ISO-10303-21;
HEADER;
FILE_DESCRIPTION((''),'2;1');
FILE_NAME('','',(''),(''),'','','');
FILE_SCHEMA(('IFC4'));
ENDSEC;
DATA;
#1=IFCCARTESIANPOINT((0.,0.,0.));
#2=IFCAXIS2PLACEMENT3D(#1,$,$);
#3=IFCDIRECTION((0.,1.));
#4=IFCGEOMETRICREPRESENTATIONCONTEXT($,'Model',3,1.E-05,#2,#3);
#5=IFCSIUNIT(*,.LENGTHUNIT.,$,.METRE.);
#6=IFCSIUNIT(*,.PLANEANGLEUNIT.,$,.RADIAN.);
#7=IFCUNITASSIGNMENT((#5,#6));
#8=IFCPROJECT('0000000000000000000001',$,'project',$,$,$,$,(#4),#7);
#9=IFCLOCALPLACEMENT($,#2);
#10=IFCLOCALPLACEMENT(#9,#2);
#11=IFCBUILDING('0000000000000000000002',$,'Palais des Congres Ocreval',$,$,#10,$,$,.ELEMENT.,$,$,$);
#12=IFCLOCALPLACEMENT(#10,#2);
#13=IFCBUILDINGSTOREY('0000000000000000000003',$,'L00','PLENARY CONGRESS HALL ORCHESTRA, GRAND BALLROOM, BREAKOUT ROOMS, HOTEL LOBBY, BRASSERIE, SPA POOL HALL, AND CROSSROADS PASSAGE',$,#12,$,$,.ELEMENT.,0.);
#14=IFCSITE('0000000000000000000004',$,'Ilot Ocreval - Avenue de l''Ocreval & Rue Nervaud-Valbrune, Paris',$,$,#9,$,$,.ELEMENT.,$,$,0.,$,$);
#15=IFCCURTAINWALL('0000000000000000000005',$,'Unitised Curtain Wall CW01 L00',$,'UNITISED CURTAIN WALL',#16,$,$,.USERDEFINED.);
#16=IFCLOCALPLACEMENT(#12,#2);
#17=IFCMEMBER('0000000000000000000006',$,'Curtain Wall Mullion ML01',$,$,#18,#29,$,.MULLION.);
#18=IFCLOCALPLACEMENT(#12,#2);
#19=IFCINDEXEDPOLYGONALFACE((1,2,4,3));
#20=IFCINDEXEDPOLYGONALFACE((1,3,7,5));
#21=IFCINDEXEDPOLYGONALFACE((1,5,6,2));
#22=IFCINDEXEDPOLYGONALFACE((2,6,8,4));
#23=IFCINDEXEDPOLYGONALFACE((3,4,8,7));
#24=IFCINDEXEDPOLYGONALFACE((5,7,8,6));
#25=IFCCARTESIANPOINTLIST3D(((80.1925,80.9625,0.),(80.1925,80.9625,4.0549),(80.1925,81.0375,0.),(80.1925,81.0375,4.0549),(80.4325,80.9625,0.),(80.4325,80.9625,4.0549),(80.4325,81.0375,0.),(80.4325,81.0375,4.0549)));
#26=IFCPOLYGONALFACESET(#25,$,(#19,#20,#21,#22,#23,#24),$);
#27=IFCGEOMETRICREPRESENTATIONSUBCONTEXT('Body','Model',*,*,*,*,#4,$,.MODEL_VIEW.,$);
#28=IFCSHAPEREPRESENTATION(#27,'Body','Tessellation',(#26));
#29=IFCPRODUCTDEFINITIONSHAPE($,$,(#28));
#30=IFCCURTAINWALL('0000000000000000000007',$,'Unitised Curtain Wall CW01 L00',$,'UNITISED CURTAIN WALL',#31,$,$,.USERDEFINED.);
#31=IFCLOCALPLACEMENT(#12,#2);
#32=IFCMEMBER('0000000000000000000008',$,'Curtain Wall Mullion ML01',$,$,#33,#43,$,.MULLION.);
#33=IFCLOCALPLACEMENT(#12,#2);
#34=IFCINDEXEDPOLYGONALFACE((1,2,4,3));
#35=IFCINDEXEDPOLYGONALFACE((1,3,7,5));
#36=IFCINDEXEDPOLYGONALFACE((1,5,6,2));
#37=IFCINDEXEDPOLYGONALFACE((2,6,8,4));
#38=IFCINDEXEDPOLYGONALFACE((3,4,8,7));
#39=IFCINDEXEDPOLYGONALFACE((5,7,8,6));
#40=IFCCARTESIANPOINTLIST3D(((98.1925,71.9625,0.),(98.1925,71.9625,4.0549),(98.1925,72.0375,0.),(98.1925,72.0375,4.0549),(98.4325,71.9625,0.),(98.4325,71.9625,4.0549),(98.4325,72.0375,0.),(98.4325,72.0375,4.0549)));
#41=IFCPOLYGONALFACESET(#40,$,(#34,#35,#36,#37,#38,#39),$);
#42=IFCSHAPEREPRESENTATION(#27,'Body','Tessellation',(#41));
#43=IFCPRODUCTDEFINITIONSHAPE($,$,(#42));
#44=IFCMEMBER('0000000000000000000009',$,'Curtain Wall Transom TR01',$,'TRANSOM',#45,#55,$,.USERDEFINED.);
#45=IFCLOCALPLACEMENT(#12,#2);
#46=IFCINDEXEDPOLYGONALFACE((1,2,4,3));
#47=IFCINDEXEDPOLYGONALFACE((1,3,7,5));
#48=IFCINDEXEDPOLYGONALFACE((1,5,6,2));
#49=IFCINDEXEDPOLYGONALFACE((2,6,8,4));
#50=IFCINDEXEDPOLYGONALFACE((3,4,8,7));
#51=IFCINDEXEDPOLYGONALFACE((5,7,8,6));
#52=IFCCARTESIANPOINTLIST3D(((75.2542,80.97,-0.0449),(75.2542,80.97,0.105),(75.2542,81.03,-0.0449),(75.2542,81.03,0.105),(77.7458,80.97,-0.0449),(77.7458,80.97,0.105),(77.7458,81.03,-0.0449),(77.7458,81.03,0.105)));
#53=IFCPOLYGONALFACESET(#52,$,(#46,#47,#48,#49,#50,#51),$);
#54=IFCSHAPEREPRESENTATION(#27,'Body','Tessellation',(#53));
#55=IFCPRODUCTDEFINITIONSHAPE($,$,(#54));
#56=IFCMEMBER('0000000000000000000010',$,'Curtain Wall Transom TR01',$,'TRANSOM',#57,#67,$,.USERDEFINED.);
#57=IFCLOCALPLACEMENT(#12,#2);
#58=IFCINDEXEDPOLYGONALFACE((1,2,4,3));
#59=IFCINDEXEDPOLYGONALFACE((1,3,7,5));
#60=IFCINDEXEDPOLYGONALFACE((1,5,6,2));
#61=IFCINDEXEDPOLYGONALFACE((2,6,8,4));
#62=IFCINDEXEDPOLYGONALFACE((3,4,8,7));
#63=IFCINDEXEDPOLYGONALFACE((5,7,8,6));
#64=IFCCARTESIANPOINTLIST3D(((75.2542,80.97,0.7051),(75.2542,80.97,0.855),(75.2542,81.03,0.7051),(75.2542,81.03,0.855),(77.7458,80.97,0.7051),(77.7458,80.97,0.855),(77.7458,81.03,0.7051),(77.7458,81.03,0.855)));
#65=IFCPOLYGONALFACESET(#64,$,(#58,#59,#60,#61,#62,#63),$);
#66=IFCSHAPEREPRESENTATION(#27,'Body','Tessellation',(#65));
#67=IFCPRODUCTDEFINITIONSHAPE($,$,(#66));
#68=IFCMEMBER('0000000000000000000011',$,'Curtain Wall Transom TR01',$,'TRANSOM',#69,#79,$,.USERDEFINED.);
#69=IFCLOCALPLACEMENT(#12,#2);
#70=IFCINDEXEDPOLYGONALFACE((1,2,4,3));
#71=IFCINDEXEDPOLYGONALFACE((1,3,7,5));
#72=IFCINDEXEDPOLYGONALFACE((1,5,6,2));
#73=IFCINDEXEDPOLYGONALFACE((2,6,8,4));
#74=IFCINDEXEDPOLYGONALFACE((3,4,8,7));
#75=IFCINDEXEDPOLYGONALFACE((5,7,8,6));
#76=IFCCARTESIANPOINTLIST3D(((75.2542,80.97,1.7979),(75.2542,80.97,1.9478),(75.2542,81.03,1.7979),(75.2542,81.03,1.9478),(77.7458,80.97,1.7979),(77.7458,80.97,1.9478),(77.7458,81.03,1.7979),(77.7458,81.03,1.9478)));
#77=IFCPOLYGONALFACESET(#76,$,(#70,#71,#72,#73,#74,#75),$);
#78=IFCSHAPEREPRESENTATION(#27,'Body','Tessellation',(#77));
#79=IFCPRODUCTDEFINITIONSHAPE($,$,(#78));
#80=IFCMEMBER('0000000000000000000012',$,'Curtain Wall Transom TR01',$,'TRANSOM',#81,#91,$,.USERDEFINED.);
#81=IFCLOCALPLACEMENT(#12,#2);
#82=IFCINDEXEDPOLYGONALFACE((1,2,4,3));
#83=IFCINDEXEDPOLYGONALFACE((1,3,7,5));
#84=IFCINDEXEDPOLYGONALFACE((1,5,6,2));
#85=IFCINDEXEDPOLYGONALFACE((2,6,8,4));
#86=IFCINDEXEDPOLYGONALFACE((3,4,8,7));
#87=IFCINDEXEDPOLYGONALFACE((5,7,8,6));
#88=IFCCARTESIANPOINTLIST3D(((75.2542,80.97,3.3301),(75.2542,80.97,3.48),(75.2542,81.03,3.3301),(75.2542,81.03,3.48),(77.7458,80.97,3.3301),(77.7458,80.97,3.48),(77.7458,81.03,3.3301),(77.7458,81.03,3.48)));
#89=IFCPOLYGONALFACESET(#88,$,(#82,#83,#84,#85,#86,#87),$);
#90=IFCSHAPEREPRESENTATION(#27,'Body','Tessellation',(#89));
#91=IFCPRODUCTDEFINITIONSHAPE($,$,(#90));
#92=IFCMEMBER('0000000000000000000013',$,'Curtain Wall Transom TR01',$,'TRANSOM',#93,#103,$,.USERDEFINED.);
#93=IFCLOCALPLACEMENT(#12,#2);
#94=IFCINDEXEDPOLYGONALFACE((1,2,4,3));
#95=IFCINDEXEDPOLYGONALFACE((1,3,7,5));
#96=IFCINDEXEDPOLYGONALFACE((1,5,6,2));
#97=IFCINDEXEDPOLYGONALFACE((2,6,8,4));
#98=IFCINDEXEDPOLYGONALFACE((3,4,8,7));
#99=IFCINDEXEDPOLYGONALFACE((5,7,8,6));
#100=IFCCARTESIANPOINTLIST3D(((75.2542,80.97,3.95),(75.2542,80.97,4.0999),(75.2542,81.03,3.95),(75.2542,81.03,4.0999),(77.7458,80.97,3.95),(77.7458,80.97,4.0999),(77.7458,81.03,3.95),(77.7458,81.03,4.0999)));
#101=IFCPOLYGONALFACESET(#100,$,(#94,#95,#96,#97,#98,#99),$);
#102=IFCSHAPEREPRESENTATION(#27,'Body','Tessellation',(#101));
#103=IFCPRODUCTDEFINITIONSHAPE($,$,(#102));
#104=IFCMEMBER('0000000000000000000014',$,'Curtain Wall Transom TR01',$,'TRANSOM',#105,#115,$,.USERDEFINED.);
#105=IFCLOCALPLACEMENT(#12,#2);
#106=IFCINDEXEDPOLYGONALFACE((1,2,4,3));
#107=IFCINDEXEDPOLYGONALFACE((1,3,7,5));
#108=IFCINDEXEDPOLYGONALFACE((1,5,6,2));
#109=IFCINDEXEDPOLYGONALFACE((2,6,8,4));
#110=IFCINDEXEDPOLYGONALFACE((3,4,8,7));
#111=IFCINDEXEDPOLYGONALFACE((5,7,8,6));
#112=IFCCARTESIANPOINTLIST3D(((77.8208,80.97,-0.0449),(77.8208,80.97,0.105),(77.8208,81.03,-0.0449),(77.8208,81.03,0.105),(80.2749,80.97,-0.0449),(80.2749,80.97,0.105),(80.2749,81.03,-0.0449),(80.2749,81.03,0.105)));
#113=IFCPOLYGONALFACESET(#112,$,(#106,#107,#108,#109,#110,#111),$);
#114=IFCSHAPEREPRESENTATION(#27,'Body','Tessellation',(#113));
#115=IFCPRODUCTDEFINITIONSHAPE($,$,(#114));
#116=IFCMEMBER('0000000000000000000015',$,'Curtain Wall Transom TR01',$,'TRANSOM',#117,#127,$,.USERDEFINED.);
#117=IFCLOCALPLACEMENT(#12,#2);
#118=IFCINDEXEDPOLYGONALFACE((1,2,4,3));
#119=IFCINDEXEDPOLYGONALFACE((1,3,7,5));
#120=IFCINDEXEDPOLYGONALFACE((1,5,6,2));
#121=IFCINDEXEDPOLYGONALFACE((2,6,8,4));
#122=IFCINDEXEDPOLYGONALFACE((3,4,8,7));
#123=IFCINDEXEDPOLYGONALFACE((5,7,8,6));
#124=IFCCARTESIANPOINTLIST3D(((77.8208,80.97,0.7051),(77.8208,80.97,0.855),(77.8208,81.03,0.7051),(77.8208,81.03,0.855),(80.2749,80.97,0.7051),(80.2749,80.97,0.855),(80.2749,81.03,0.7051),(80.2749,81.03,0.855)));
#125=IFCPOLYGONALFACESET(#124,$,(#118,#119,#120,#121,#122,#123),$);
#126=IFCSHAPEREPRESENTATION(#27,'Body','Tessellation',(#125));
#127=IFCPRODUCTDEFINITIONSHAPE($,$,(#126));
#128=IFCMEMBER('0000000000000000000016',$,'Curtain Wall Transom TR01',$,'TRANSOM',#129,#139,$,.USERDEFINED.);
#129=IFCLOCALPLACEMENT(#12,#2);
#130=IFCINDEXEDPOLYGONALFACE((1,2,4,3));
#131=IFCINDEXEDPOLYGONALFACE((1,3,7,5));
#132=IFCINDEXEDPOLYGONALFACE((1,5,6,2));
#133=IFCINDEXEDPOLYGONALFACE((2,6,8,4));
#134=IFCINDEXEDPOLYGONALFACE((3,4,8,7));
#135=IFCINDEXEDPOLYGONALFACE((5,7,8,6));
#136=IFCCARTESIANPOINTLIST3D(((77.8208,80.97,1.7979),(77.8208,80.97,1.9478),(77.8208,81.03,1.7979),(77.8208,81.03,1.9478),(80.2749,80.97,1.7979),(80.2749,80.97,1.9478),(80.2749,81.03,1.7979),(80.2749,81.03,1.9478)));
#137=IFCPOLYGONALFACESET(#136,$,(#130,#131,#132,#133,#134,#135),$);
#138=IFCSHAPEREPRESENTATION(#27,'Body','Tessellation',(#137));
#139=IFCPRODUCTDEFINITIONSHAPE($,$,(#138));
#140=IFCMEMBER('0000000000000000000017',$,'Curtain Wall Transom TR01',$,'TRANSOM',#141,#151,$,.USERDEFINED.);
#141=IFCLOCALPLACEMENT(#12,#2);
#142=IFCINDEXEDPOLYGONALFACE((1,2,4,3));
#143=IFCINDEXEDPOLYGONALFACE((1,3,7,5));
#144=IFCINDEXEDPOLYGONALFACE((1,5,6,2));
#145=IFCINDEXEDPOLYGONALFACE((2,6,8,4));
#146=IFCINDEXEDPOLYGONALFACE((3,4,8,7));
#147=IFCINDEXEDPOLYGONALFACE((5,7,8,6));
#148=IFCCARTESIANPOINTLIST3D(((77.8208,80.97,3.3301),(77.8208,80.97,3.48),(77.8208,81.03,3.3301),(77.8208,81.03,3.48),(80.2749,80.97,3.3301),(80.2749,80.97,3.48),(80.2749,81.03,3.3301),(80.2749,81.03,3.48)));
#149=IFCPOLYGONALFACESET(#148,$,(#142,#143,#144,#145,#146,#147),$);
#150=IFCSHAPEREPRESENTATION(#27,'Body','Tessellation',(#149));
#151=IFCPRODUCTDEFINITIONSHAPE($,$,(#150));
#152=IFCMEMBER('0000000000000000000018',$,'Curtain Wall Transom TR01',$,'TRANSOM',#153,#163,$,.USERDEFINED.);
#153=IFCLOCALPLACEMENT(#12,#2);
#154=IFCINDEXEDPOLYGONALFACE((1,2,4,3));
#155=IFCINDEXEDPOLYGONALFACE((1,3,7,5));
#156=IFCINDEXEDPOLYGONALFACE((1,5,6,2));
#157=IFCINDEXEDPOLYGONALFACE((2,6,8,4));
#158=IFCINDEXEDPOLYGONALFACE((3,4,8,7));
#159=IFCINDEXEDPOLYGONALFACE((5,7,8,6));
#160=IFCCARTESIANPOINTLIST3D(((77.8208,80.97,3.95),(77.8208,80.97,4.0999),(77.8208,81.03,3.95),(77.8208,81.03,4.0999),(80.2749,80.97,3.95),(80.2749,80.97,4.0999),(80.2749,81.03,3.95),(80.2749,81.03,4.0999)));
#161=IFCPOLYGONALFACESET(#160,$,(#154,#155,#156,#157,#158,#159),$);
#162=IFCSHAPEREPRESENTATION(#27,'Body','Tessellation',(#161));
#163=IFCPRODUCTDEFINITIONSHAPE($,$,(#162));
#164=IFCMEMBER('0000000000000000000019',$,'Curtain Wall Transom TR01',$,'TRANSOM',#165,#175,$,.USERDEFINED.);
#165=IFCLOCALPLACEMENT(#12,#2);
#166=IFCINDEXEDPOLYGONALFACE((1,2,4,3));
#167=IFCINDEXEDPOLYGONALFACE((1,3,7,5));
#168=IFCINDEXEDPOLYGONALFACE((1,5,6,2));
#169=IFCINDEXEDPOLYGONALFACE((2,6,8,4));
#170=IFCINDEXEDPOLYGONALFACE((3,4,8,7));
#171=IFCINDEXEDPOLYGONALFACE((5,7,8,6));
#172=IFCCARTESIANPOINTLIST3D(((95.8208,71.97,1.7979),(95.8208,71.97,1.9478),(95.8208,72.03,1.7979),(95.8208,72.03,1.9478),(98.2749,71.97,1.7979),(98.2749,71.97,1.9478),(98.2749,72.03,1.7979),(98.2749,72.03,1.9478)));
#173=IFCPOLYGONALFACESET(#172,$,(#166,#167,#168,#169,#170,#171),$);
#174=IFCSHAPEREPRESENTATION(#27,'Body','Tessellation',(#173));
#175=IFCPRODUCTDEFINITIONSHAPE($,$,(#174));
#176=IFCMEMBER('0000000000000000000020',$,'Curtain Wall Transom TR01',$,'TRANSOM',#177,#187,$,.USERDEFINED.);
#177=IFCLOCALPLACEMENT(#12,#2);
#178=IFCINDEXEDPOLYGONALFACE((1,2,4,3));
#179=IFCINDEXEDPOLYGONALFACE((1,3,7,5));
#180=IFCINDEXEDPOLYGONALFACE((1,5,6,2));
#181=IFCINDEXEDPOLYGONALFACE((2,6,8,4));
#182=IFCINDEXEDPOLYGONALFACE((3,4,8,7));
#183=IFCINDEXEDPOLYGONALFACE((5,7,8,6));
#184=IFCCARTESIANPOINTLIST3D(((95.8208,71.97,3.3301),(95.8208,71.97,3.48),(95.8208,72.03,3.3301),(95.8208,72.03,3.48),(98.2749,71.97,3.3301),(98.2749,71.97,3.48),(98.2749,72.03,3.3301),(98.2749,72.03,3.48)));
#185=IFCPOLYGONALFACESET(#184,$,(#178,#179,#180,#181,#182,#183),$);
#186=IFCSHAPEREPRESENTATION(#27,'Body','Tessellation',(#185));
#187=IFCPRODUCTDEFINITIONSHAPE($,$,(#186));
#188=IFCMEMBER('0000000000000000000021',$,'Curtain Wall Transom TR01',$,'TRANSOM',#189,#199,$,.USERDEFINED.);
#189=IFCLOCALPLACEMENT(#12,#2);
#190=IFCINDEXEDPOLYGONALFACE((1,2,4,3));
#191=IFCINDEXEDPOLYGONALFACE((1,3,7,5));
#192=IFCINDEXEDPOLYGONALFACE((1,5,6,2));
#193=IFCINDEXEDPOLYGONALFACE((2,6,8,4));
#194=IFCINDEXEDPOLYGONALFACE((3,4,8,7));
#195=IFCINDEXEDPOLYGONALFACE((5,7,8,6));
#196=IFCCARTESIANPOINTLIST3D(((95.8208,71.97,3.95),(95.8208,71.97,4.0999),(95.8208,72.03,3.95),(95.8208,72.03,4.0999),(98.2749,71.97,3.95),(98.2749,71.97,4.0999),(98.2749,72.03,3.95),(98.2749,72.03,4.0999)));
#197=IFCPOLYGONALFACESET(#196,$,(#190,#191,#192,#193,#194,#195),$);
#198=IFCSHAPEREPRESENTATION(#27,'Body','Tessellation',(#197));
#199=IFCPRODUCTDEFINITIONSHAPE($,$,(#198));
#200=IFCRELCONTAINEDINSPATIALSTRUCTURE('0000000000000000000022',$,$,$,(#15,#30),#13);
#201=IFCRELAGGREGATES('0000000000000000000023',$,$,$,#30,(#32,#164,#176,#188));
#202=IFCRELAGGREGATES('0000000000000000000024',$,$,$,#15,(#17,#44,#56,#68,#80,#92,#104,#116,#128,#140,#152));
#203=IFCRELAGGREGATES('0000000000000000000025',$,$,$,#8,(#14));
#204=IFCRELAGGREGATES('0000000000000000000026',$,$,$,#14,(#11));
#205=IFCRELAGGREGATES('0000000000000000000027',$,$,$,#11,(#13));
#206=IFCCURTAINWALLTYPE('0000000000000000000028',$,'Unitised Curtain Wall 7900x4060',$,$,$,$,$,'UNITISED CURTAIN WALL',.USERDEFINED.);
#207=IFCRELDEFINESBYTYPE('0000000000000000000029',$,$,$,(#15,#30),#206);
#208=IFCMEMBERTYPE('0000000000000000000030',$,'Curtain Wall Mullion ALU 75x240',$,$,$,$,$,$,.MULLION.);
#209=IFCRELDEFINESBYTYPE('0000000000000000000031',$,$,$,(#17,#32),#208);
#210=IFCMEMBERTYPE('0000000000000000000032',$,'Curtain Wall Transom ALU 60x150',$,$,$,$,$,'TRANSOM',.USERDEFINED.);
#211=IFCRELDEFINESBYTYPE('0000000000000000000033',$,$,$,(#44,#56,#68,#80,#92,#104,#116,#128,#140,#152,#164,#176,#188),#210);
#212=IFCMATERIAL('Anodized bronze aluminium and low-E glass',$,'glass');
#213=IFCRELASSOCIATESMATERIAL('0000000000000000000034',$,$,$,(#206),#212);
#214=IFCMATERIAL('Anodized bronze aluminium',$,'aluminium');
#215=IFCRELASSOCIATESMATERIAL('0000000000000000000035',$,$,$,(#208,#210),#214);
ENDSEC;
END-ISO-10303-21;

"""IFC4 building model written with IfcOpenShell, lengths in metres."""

from ifc_helpers import new_model, si_unit, direction, frame, origin, origin_2d, place, context, subcontext, project, spatial, rectangle, extrude, material, material_profile, profile_set, type_object, element, aggregate, save


model = new_model("IFC4")

# Units and contexts
model_context = context("Model", 3, precision=1e-05, world=origin(), true_north=direction((0.0, 1.0)))
body_context = subcontext(model_context, "Body", "Model", "MODEL_VIEW")
ifc_project = project(units=[si_unit("LENGTHUNIT", "METRE"), si_unit("PLANEANGLEUNIT", "RADIAN")], contexts=[model_context])

# Site, building, storey
site_placement = place(None, origin())
site = spatial("IfcSite", under=ifc_project, at=site_placement, Name="Ilot Ocreval - Avenue de l'Ocreval & Rue Nervaud-Valbrune, Paris", CompositionType="ELEMENT", RefElevation=0.0)
building_placement = place(site_placement, origin())
building = spatial("IfcBuilding", under=site, at=building_placement, Name="Palais des Congres Ocreval", CompositionType="ELEMENT")
storey_placement = place(building_placement, origin())
storey = spatial("IfcBuildingStorey", under=building, at=storey_placement, Name="L00", Description="PLENARY CONGRESS HALL ORCHESTRA, GRAND BALLROOM, BREAKOUT ROOMS, HOTEL LOBBY, BRASSERIE, SPA POOL HALL, AND CROSSROADS PASSAGE", CompositionType="ELEMENT", Elevation=0.0)

# Curtain wall, member
ifc_material_1 = material(Name="Anodized bronze aluminium and low-E glass", Category="glass")
curtain_wall_type = type_object("IfcCurtainWallType", Name="Unitised Curtain Wall 7900x4060", ElementType="UNITISED CURTAIN WALL", PredefinedType="USERDEFINED", material=ifc_material_1)
curtain_wall_1_placement = place(storey_placement, origin())
curtain_wall_1 = element("IfcCurtainWall", 1, at=curtain_wall_1_placement, inside=storey, type_object=curtain_wall_type, Name="Unitised Curtain Wall CW01 L00", ObjectType="UNITISED CURTAIN WALL", PredefinedType="USERDEFINED")
ifc_material_2 = material(Name="Anodized bronze aluminium", Category="aluminium")
ifc_material_profile_1 = material_profile(ifc_material_2, rectangle(XDim=0.075, YDim=0.24, at=origin_2d()), Name="ALU 75x240")
ifc_profile_set_1 = profile_set([ifc_material_profile_1], Name="Anodized bronze aluminium")
member_type_1 = type_object("IfcMemberType", Name="Curtain Wall Mullion ALU 75x240", PredefinedType="MULLION", material=ifc_profile_set_1)
member_1_placement = place(storey_placement, frame((80.3125, 81.0, 0.0), z_axis=(0.0, 0.0, 1.0), x_axis=(0.0, 1.0, 0.0)))
member_1 = element("IfcMember", 2, at=member_1_placement, type_object=member_type_1, Name="Curtain Wall Mullion ML01", PredefinedType="MULLION", context=body_context, shape_type="SweptSolid", body=[
    extrude(rectangle(XDim=0.075, YDim=0.24, at=origin_2d()), origin(), (0.0, 0.0, 1.0), 4.0549),
])

# Curtain wall, member
curtain_wall_2_placement = place(storey_placement, origin())
curtain_wall_2 = element("IfcCurtainWall", 3, at=curtain_wall_2_placement, inside=storey, type_object=curtain_wall_type, Name="Unitised Curtain Wall CW01 L00", ObjectType="UNITISED CURTAIN WALL", PredefinedType="USERDEFINED")
member_2_placement = place(storey_placement, frame((98.3125, 72.0, 0.0), z_axis=(0.0, 0.0, 1.0), x_axis=(0.0, -1.0, 0.0)))
member_2 = element("IfcMember", 4, at=member_2_placement, type_object=member_type_1, Name="Curtain Wall Mullion ML01", PredefinedType="MULLION", context=body_context, shape_type="SweptSolid", body=[
    extrude(rectangle(XDim=0.075, YDim=0.24, at=origin_2d()), origin(), (0.0, 0.0, 1.0), 4.0549),
])

# Members
ifc_material_profile_2 = material_profile(ifc_material_2, rectangle(XDim=0.0601, YDim=0.1499, at=origin_2d()), Name="ALU 60x150")
ifc_profile_set_2 = profile_set([ifc_material_profile_2], Name="Anodized bronze aluminium")
member_type_2 = type_object("IfcMemberType", Name="Curtain Wall Transom ALU 60x150", ElementType="TRANSOM", PredefinedType="USERDEFINED", material=ifc_profile_set_2)
member_3_placement = place(storey_placement, frame((75.2542, 81.0, 0.03), z_axis=(1.0, 0.0, 0.0), x_axis=(0.0, 1.0, 0.0)))
member_3 = element("IfcMember", 5, at=member_3_placement, type_object=member_type_2, Name="Curtain Wall Transom TR01", ObjectType="TRANSOM", PredefinedType="USERDEFINED", context=body_context, shape_type="SweptSolid", body=[
    extrude(rectangle(XDim=0.0601, YDim=0.1499, at=origin_2d()), origin(), (0.0, 0.0, 1.0), 2.4917),
])
member_4_placement = place(storey_placement, frame((75.2542, 81.0, 0.78), z_axis=(1.0, 0.0, 0.0), x_axis=(0.0, 1.0, 0.0)))
member_4 = element("IfcMember", 6, at=member_4_placement, type_object=member_type_2, Name="Curtain Wall Transom TR01", ObjectType="TRANSOM", PredefinedType="USERDEFINED", context=body_context, shape_type="SweptSolid", body=[
    extrude(rectangle(XDim=0.0601, YDim=0.1499, at=origin_2d()), origin(), (0.0, 0.0, 1.0), 2.4917),
])
member_5_placement = place(storey_placement, frame((75.2542, 81.0, 1.8728), z_axis=(1.0, 0.0, 0.0), x_axis=(0.0, 1.0, 0.0)))
member_5 = element("IfcMember", 7, at=member_5_placement, type_object=member_type_2, Name="Curtain Wall Transom TR01", ObjectType="TRANSOM", PredefinedType="USERDEFINED", context=body_context, shape_type="SweptSolid", body=[
    extrude(rectangle(XDim=0.0601, YDim=0.1499, at=origin_2d()), origin(), (0.0, 0.0, 1.0), 2.4917),
])
member_6_placement = place(storey_placement, frame((75.2542, 81.0, 3.405), z_axis=(1.0, 0.0, 0.0), x_axis=(0.0, 1.0, 0.0)))
member_6 = element("IfcMember", 8, at=member_6_placement, type_object=member_type_2, Name="Curtain Wall Transom TR01", ObjectType="TRANSOM", PredefinedType="USERDEFINED", context=body_context, shape_type="SweptSolid", body=[
    extrude(rectangle(XDim=0.0601, YDim=0.1499, at=origin_2d()), origin(), (0.0, 0.0, 1.0), 2.4917),
])
member_7_placement = place(storey_placement, frame((75.2542, 81.0, 4.0249), z_axis=(1.0, 0.0, 0.0), x_axis=(0.0, 1.0, 0.0)))
member_7 = element("IfcMember", 9, at=member_7_placement, type_object=member_type_2, Name="Curtain Wall Transom TR01", ObjectType="TRANSOM", PredefinedType="USERDEFINED", context=body_context, shape_type="SweptSolid", body=[
    extrude(rectangle(XDim=0.0601, YDim=0.1499, at=origin_2d()), origin(), (0.0, 0.0, 1.0), 2.4917),
])
member_8_placement = place(storey_placement, frame((77.8208, 81.0, 0.03), z_axis=(1.0, 0.0, 0.0), x_axis=(0.0, 1.0, 0.0)))
member_8 = element("IfcMember", 10, at=member_8_placement, type_object=member_type_2, Name="Curtain Wall Transom TR01", ObjectType="TRANSOM", PredefinedType="USERDEFINED", context=body_context, shape_type="SweptSolid", body=[
    extrude(rectangle(XDim=0.0601, YDim=0.1499, at=origin_2d()), origin(), (0.0, 0.0, 1.0), 2.4541),
])
member_9_placement = place(storey_placement, frame((77.8208, 81.0, 0.78), z_axis=(1.0, 0.0, 0.0), x_axis=(0.0, 1.0, 0.0)))
member_9 = element("IfcMember", 11, at=member_9_placement, type_object=member_type_2, Name="Curtain Wall Transom TR01", ObjectType="TRANSOM", PredefinedType="USERDEFINED", context=body_context, shape_type="SweptSolid", body=[
    extrude(rectangle(XDim=0.0601, YDim=0.1499, at=origin_2d()), origin(), (0.0, 0.0, 1.0), 2.4541),
])
member_10_placement = place(storey_placement, frame((77.8208, 81.0, 1.8728), z_axis=(1.0, 0.0, 0.0), x_axis=(0.0, 1.0, 0.0)))
member_10 = element("IfcMember", 12, at=member_10_placement, type_object=member_type_2, Name="Curtain Wall Transom TR01", ObjectType="TRANSOM", PredefinedType="USERDEFINED", context=body_context, shape_type="SweptSolid", body=[
    extrude(rectangle(XDim=0.0601, YDim=0.1499, at=origin_2d()), origin(), (0.0, 0.0, 1.0), 2.4541),
])
member_11_placement = place(storey_placement, frame((77.8208, 81.0, 3.405), z_axis=(1.0, 0.0, 0.0), x_axis=(0.0, 1.0, 0.0)))
member_11 = element("IfcMember", 13, at=member_11_placement, type_object=member_type_2, Name="Curtain Wall Transom TR01", ObjectType="TRANSOM", PredefinedType="USERDEFINED", context=body_context, shape_type="SweptSolid", body=[
    extrude(rectangle(XDim=0.0601, YDim=0.1499, at=origin_2d()), origin(), (0.0, 0.0, 1.0), 2.4541),
])
member_12_placement = place(storey_placement, frame((77.8208, 81.0, 4.0249), z_axis=(1.0, 0.0, 0.0), x_axis=(0.0, 1.0, 0.0)))
member_12 = element("IfcMember", 14, at=member_12_placement, type_object=member_type_2, Name="Curtain Wall Transom TR01", ObjectType="TRANSOM", PredefinedType="USERDEFINED", context=body_context, shape_type="SweptSolid", body=[
    extrude(rectangle(XDim=0.0601, YDim=0.1499, at=origin_2d()), origin(), (0.0, 0.0, 1.0), 2.4541),
])
member_13_placement = place(storey_placement, frame((98.2749, 72.0, 1.8728), z_axis=(-1.0, 0.0, 0.0), x_axis=(0.0, -1.0, 0.0)))
member_13 = element("IfcMember", 15, at=member_13_placement, type_object=member_type_2, Name="Curtain Wall Transom TR01", ObjectType="TRANSOM", PredefinedType="USERDEFINED", context=body_context, shape_type="SweptSolid", body=[
    extrude(rectangle(XDim=0.0601, YDim=0.1499, at=origin_2d()), origin(), (0.0, 0.0, 1.0), 2.4541),
])
member_14_placement = place(storey_placement, frame((98.2749, 72.0, 3.405), z_axis=(-1.0, 0.0, 0.0), x_axis=(0.0, -1.0, 0.0)))
member_14 = element("IfcMember", 16, at=member_14_placement, type_object=member_type_2, Name="Curtain Wall Transom TR01", ObjectType="TRANSOM", PredefinedType="USERDEFINED", context=body_context, shape_type="SweptSolid", body=[
    extrude(rectangle(XDim=0.0601, YDim=0.1499, at=origin_2d()), origin(), (0.0, 0.0, 1.0), 2.4541),
])
member_15_placement = place(storey_placement, frame((98.2749, 72.0, 4.0249), z_axis=(-1.0, 0.0, 0.0), x_axis=(0.0, -1.0, 0.0)))
member_15 = element("IfcMember", 17, at=member_15_placement, type_object=member_type_2, Name="Curtain Wall Transom TR01", ObjectType="TRANSOM", PredefinedType="USERDEFINED", context=body_context, shape_type="SweptSolid", body=[
    extrude(rectangle(XDim=0.0601, YDim=0.1499, at=origin_2d()), origin(), (0.0, 0.0, 1.0), 2.4541),
])
aggregate(curtain_wall_2, [member_2, member_13, member_14, member_15])

aggregate(curtain_wall_1, [member_1, member_3, member_4, member_5, member_6, member_7, member_8, member_9, member_10, member_11, member_12])

save(model, "model.ifc")
